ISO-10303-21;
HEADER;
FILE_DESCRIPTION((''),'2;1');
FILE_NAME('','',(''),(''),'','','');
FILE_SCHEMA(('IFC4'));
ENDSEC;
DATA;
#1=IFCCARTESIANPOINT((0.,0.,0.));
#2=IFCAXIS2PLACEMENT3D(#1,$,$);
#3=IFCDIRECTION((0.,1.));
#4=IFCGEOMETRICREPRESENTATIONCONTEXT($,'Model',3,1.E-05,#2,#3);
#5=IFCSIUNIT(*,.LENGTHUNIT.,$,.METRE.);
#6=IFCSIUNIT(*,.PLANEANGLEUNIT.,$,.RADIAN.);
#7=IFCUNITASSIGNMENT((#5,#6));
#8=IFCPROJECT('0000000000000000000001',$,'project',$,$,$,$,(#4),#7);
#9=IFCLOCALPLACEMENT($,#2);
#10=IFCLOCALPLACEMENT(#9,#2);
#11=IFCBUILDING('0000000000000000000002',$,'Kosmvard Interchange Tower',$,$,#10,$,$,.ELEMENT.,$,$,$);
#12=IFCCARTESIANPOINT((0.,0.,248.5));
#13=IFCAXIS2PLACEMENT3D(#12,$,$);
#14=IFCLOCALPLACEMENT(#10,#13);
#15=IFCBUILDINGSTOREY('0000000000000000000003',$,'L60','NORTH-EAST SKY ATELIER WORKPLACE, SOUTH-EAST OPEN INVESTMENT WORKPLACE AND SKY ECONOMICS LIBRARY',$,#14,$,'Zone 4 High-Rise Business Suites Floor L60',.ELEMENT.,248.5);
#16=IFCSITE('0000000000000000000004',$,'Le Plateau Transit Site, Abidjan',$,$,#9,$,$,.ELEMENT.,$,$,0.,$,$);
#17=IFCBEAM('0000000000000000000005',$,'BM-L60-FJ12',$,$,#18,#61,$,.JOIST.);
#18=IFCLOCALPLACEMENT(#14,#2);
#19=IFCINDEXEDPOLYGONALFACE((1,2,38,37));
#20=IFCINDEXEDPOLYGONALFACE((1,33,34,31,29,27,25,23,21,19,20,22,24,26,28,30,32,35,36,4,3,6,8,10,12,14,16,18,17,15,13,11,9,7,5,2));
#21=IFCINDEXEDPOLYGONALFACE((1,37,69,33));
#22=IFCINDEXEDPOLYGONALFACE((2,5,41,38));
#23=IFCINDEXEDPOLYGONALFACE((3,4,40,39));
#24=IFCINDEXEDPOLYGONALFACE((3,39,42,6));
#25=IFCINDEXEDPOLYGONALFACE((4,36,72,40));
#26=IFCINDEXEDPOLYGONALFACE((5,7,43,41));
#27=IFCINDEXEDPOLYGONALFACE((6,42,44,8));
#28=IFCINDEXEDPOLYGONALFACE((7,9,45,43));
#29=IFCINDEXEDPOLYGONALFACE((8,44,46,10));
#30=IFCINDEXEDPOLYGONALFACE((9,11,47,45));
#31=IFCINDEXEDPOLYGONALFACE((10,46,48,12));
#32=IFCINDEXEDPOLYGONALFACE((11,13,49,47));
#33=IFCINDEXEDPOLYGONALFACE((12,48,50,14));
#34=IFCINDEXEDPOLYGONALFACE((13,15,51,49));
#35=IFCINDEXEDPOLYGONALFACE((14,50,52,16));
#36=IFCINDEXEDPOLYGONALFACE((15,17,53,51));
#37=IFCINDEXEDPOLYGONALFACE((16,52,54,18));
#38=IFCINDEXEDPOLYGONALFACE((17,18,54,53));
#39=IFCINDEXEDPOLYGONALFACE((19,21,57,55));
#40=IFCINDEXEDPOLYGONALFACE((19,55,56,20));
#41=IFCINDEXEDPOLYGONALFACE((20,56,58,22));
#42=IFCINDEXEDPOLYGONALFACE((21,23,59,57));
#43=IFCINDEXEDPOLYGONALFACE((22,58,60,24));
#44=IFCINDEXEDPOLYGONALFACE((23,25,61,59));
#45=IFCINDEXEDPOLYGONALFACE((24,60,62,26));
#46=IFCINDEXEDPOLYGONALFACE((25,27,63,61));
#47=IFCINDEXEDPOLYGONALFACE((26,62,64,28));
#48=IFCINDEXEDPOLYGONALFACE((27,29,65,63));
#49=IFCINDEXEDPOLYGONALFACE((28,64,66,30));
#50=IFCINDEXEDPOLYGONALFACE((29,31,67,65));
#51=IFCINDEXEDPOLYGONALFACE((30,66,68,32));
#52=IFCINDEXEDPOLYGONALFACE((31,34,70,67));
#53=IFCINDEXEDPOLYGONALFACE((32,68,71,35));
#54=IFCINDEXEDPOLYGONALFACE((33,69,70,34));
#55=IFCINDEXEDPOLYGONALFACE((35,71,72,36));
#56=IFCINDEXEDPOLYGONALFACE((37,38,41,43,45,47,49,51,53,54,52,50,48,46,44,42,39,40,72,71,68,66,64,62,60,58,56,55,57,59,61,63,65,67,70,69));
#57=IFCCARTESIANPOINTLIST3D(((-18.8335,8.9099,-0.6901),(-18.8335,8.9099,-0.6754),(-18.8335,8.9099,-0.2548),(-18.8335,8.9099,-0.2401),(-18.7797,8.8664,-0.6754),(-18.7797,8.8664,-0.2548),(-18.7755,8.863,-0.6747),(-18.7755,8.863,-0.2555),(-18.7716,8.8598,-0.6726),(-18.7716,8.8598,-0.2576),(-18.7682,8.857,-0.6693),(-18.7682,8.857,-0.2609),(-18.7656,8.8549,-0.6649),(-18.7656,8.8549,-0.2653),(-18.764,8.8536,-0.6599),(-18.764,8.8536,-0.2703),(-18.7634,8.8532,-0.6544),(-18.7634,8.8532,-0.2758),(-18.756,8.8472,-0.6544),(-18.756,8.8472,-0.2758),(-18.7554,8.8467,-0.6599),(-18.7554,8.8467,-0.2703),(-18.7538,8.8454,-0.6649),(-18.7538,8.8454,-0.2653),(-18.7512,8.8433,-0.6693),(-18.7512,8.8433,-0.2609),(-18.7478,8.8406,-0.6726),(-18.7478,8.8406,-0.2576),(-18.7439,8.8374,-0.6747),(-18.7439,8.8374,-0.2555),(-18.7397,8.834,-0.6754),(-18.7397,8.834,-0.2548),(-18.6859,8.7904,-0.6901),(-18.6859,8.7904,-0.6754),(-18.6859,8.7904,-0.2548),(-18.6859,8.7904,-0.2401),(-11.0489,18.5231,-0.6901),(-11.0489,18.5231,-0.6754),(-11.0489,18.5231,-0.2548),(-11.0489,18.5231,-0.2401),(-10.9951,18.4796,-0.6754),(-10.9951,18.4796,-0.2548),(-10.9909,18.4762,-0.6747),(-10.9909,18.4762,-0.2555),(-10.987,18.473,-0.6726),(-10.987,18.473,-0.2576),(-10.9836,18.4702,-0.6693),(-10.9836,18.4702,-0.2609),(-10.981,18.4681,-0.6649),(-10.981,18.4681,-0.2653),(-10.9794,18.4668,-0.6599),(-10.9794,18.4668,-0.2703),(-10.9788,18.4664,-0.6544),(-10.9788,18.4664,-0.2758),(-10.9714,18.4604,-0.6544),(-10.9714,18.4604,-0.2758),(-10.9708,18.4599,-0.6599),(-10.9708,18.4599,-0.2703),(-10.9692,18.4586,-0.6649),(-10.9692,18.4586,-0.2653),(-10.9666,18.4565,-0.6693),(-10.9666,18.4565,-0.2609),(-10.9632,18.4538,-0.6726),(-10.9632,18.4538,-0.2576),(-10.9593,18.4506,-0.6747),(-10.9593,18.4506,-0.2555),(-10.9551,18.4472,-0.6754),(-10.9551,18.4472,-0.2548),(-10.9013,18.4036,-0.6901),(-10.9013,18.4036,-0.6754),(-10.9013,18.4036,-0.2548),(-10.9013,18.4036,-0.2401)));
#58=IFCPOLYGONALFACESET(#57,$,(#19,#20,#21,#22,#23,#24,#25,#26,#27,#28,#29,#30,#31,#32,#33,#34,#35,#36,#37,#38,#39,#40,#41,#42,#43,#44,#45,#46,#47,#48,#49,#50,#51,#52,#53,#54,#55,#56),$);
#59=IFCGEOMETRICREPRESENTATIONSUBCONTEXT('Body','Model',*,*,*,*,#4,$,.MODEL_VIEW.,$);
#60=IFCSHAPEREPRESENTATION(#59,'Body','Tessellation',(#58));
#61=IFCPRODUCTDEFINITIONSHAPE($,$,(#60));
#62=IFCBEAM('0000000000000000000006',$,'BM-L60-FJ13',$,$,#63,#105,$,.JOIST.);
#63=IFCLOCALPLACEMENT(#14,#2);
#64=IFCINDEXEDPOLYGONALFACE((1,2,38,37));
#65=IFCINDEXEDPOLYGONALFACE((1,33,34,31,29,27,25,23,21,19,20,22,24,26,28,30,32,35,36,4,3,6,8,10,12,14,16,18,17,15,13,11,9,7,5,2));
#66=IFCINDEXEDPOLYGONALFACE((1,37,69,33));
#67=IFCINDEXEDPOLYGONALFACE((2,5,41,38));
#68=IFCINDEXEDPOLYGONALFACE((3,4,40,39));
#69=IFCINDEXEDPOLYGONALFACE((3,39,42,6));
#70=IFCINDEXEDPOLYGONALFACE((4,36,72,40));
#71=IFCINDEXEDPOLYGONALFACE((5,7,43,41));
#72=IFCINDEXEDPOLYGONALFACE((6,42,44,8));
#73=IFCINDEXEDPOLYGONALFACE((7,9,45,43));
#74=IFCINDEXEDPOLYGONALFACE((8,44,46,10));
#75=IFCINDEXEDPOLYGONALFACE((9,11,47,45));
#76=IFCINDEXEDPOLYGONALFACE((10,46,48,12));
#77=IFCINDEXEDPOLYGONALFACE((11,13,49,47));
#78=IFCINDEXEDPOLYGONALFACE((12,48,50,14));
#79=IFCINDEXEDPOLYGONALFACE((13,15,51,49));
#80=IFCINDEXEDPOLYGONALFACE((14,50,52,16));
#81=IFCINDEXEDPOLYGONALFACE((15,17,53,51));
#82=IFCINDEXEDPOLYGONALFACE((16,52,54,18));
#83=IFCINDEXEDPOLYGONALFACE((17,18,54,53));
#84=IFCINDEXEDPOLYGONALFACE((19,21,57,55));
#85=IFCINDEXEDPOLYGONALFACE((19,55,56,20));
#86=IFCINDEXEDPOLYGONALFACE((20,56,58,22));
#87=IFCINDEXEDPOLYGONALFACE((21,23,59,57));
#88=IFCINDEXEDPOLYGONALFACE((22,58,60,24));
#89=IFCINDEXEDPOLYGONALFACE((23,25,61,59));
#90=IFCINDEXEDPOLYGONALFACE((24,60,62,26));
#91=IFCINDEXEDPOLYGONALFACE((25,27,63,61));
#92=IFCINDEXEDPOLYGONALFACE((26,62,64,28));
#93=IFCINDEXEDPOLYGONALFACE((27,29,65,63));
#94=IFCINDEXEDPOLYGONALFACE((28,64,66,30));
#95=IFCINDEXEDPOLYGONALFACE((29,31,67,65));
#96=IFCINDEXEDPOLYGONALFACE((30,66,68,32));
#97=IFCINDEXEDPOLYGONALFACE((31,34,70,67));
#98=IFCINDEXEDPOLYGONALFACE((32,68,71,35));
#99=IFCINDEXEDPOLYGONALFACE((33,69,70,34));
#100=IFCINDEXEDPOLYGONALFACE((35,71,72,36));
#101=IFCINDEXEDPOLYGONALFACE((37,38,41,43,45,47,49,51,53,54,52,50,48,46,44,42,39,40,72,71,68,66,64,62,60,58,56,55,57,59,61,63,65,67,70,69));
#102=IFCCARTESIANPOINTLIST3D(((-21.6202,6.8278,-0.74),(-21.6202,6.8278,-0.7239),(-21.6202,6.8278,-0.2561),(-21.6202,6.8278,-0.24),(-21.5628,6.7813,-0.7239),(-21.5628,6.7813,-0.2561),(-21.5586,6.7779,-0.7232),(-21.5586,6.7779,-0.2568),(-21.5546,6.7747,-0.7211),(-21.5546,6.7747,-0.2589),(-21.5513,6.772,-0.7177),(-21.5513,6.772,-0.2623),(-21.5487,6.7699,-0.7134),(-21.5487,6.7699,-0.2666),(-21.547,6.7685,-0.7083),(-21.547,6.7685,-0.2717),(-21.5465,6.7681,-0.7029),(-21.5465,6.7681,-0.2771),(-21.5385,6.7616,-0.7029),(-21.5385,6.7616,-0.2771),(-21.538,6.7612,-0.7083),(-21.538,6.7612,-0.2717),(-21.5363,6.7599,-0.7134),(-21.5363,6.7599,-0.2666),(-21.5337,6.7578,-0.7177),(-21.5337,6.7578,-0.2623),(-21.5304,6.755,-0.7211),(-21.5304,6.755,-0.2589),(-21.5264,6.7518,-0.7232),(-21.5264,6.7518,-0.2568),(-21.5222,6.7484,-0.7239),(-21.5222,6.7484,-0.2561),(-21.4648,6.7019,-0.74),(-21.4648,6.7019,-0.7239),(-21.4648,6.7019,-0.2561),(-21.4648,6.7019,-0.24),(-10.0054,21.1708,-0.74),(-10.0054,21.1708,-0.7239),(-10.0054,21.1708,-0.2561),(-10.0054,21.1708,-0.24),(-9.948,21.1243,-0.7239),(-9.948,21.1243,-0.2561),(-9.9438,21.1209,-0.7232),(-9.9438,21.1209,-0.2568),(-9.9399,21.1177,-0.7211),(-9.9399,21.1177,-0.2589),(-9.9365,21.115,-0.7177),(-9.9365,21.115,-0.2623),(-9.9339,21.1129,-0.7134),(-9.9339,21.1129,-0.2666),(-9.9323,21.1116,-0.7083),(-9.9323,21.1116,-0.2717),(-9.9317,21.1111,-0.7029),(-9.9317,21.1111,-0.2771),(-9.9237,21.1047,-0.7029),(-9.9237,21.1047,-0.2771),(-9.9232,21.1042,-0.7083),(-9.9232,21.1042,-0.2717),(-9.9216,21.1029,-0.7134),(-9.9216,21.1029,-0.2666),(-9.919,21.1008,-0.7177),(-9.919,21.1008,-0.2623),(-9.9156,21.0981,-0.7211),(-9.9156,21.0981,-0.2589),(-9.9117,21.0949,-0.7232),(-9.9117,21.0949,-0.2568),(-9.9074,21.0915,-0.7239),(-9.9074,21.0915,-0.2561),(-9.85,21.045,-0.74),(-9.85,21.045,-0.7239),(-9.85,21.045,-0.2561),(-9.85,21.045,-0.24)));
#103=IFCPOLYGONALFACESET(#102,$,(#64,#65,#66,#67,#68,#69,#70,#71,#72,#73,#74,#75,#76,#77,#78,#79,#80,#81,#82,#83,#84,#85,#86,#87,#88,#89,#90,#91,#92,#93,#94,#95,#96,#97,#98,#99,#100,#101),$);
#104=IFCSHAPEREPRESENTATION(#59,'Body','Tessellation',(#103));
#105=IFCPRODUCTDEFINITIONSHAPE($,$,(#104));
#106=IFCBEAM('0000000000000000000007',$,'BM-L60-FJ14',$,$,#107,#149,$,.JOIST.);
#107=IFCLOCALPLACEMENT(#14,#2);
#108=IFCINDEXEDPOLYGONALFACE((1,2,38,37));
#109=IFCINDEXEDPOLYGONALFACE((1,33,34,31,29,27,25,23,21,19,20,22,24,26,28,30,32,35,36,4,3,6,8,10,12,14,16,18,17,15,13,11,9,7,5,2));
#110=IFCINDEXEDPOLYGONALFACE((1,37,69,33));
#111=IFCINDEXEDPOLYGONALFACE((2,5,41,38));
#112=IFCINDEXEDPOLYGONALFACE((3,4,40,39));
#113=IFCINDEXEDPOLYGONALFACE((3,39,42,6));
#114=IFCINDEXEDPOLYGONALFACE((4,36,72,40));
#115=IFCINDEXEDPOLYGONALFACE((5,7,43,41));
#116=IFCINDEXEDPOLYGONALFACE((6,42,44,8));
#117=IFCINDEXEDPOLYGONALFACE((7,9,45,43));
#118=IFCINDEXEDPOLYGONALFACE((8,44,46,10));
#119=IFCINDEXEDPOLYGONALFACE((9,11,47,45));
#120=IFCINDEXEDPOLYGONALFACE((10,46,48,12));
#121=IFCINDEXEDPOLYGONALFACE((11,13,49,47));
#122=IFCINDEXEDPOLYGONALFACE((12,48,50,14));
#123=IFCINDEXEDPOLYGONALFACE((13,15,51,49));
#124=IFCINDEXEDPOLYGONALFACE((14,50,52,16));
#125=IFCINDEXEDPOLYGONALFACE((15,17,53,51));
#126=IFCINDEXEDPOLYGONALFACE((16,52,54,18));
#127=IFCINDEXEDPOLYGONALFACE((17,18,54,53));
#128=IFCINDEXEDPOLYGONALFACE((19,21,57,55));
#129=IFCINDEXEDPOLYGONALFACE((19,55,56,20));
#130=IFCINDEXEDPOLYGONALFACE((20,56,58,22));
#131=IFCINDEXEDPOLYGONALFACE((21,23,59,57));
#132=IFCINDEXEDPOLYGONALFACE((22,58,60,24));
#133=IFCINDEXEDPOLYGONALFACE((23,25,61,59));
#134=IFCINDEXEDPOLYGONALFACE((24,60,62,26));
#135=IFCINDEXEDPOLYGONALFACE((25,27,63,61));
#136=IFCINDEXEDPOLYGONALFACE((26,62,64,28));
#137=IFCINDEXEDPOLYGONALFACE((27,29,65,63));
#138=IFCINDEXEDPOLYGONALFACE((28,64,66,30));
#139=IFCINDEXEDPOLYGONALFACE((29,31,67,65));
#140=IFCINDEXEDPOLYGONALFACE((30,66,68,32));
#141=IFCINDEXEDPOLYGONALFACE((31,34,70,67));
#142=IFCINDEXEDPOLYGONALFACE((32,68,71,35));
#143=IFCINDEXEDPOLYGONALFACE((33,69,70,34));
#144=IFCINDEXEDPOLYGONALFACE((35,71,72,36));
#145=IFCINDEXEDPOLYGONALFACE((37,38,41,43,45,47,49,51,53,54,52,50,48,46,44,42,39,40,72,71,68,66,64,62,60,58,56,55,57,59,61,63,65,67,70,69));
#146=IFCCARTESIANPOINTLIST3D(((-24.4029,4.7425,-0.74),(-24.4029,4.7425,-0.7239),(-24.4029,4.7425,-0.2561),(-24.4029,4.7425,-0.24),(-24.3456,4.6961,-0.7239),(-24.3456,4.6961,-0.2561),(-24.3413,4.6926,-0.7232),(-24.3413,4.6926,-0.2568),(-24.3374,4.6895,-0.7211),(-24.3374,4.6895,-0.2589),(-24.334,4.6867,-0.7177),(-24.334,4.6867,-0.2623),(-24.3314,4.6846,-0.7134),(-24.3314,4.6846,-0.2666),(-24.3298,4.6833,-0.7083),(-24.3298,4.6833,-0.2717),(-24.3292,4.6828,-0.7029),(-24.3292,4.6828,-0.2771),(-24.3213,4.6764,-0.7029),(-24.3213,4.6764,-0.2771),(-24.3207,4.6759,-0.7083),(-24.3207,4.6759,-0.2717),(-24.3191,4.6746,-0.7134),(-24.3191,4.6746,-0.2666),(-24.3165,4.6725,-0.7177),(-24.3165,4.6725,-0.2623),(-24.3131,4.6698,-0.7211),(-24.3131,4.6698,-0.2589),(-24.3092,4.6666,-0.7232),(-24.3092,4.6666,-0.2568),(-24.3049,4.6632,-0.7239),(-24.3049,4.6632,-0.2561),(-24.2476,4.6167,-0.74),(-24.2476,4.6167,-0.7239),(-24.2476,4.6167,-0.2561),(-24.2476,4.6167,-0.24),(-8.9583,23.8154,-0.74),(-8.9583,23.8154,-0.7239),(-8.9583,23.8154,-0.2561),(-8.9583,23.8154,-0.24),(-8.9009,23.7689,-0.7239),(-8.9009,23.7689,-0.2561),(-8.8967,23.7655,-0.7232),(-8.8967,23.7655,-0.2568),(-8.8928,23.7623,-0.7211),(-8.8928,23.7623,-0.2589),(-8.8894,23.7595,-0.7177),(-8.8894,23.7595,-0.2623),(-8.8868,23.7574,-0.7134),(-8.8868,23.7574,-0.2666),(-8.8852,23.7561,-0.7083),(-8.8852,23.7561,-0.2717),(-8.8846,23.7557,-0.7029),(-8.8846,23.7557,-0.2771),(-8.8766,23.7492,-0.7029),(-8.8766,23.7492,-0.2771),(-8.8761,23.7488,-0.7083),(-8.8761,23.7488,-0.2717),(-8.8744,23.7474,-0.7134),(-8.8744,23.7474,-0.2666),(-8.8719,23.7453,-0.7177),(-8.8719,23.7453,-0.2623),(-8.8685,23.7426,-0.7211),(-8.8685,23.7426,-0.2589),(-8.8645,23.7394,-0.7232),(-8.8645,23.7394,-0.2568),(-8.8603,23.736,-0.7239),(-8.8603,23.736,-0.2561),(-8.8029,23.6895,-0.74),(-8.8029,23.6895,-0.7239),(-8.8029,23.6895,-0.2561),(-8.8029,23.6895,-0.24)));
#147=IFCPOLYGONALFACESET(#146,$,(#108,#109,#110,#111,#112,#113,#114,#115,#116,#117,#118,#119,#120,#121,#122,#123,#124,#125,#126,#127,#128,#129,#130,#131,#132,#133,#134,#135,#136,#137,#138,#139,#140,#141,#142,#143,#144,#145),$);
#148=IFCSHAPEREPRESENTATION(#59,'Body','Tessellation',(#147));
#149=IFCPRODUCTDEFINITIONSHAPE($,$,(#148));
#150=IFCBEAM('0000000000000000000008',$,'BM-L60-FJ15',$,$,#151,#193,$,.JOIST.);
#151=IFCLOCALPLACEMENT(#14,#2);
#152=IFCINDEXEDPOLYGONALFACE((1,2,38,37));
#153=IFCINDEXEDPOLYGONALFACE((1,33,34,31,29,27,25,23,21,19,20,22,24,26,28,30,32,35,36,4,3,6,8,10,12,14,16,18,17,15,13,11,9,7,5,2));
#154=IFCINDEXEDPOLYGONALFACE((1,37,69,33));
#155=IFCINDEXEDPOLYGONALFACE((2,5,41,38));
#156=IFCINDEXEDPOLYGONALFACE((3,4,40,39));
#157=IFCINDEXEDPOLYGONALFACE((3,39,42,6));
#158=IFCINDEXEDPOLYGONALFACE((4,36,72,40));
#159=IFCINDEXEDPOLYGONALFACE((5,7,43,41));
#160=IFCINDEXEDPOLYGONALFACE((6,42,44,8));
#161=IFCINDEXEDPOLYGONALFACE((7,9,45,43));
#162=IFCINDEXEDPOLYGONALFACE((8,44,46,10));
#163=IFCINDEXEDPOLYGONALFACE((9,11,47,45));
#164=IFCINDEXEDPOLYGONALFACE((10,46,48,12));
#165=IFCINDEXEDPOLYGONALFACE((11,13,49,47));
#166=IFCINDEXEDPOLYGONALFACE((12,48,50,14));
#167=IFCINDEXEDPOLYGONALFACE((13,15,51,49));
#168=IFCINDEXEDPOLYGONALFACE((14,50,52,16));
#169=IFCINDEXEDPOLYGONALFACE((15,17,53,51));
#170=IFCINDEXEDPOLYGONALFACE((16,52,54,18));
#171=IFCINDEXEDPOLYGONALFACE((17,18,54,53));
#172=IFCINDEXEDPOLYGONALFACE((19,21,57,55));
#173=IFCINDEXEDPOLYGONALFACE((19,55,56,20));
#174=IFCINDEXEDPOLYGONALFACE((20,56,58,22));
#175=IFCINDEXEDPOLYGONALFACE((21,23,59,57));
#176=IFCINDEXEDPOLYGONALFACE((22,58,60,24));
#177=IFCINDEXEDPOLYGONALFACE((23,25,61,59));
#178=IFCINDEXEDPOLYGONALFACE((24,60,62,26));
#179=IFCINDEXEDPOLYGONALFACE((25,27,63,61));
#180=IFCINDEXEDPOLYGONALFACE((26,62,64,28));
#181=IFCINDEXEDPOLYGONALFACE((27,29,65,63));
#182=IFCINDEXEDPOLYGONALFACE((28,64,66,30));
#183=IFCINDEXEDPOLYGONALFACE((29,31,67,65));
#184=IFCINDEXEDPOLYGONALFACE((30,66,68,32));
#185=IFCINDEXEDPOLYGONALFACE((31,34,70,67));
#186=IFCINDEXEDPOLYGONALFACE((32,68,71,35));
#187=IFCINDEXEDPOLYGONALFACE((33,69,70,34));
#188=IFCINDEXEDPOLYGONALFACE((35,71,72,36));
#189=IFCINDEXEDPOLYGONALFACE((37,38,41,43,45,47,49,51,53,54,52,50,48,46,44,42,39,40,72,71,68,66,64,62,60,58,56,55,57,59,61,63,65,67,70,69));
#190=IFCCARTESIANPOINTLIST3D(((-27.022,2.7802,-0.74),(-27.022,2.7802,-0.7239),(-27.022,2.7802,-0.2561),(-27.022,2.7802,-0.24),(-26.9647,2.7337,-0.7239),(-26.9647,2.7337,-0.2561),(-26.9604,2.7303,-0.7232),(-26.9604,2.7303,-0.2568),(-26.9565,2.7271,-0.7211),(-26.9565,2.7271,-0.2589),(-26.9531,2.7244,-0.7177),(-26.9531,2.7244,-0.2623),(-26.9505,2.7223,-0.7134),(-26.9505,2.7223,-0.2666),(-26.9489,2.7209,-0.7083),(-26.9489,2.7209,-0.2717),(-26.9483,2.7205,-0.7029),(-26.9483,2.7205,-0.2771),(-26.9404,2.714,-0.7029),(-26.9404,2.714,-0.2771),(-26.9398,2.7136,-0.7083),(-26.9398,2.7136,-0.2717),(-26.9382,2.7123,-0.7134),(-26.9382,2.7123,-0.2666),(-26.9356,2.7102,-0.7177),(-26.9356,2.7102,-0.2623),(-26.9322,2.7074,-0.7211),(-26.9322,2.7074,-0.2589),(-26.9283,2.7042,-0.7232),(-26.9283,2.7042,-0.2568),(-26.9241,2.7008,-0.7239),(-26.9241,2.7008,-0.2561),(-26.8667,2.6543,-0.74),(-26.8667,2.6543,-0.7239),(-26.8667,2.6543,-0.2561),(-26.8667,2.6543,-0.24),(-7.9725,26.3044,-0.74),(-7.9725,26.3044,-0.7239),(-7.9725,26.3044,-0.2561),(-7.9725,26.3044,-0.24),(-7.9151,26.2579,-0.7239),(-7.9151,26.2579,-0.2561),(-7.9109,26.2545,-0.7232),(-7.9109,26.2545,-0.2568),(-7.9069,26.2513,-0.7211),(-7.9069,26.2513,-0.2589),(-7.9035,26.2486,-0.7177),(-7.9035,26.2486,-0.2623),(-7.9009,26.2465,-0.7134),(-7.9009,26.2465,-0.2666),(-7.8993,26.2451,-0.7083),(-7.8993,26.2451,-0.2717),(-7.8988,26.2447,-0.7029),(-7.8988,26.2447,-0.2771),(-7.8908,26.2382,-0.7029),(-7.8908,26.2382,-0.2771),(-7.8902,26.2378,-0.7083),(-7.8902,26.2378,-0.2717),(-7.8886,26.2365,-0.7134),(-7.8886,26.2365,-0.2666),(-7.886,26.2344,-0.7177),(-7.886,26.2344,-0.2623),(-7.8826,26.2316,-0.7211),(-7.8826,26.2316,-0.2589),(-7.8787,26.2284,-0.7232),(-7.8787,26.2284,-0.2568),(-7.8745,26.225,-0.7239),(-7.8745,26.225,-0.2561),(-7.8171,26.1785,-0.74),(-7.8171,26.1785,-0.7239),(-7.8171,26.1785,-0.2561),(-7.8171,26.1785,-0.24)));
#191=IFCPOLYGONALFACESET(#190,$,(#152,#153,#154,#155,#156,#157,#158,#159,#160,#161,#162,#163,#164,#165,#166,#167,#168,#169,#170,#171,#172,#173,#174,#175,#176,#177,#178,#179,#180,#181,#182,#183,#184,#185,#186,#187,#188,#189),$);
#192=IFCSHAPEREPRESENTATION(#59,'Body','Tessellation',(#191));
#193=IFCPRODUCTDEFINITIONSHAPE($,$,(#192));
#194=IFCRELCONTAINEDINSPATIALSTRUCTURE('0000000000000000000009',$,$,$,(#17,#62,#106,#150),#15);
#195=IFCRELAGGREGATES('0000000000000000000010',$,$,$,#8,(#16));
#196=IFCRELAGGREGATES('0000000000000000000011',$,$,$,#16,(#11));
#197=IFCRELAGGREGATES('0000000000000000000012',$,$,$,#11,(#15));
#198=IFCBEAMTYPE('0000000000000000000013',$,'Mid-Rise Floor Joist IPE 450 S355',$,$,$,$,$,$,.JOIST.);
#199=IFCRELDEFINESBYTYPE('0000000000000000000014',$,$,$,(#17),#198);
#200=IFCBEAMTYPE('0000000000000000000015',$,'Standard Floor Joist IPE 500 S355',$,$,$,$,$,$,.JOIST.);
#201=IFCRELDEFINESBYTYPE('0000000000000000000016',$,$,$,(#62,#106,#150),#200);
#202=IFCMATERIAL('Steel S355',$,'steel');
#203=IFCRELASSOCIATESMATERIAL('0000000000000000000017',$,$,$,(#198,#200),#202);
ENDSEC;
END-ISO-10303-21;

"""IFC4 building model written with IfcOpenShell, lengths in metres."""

from ifc_helpers import new_model, si_unit, direction, frame, origin, origin_2d, place, context, subcontext, project, spatial, i_section, extrude, source, transform, mapped, material, material_profile, profile_set, type_object, element, save


model = new_model("IFC4")

# Units and contexts
model_context = context("Model", 3, precision=1e-05, world=origin(), true_north=direction((0.0, 1.0)))
body_context = subcontext(model_context, "Body", "Model", "MODEL_VIEW")
ifc_project = project(units=[si_unit("LENGTHUNIT", "METRE"), si_unit("PLANEANGLEUNIT", "RADIAN")], contexts=[model_context])

# Site, building, storey
site_placement = place(None, origin())
site = spatial("IfcSite", under=ifc_project, at=site_placement, Name="Le Plateau Transit Site, Abidjan", CompositionType="ELEMENT", RefElevation=0.0)
building_placement = place(site_placement, origin())
building = spatial("IfcBuilding", under=site, at=building_placement, Name="Kosmvard Interchange Tower", CompositionType="ELEMENT")
storey_placement = place(building_placement, frame((0.0, 0.0, 248.5)))
storey = spatial("IfcBuildingStorey", under=building, at=storey_placement, Name="L60", Description="NORTH-EAST SKY ATELIER WORKPLACE, SOUTH-EAST OPEN INVESTMENT WORKPLACE AND SKY ECONOMICS LIBRARY", LongName="Zone 4 High-Rise Business Suites Floor L60", CompositionType="ELEMENT", Elevation=248.5)

# Beams
ifc_material_1 = material(Name="Steel S355", Category="steel")
ifc_material_profile_1 = material_profile(ifc_material_1, i_section(OverallWidth=0.1899, OverallDepth=0.45, WebThickness=0.0095, FlangeThickness=0.0146, FilletRadius=0.021, at=origin_2d()), Name="IPE 450")
ifc_profile_set_1 = profile_set([ifc_material_profile_1], Name="Steel S355")
beam_type_1 = type_object("IfcBeamType", Name="Mid-Rise Floor Joist IPE 450 S355", PredefinedType="JOIST", material=ifc_profile_set_1)
shared_shape_1 = source(origin(), body_context, "Body", "SweptSolid", [
    extrude(i_section(OverallWidth=0.1899, OverallDepth=0.45, WebThickness=0.0095, FlangeThickness=0.0146, FilletRadius=0.021, at=origin_2d()), origin(), (0.0, 0.0, 1.0), 12.3699),
])
beam_1_placement = place(storey_placement, frame((-10.9751, 18.4634, -0.4651), z_axis=(-0.62932, -0.777147, 0.0), x_axis=(0.777147, -0.62932, 0.0)))
element("IfcBeam", 1, at=beam_1_placement, inside=storey, type_object=beam_type_1, Name="BM-L60-FJ12", PredefinedType="JOIST", context=body_context, shape_type="MappedRepresentation", body=[
    mapped(shared_shape_1, transform((0.0, 0.0, 0.0), scale=1.0)),
])
ifc_material_profile_2 = material_profile(ifc_material_1, i_section(OverallWidth=0.2, OverallDepth=0.5, WebThickness=0.0103, FlangeThickness=0.0161, FilletRadius=0.021, at=origin_2d()), Name="IPE 500")
ifc_profile_set_2 = profile_set([ifc_material_profile_2], Name="Steel S355")
beam_type_2 = type_object("IfcBeamType", Name="Standard Floor Joist IPE 500 S355", PredefinedType="JOIST", material=ifc_profile_set_2)
shared_shape_2 = source(origin(), body_context, "Body", "SweptSolid", [
    extrude(i_section(OverallWidth=0.2, OverallDepth=0.5, WebThickness=0.0103, FlangeThickness=0.0161, FilletRadius=0.021, at=origin_2d()), origin(), (0.0, 0.0, 1.0), 18.4561),
])
beam_2_placement = place(storey_placement, frame((-9.9277, 21.1079, -0.49), z_axis=(-0.62932, -0.777146, 0.0), x_axis=(0.777146, -0.62932, 0.0)))
element("IfcBeam", 2, at=beam_2_placement, inside=storey, type_object=beam_type_2, Name="BM-L60-FJ13", PredefinedType="JOIST", context=body_context, shape_type="MappedRepresentation", body=[
    mapped(shared_shape_2, transform((0.0, 0.0, 0.0), scale=1.0)),
])
shared_shape_3 = source(origin(), body_context, "Body", "SweptSolid", [
    extrude(i_section(OverallWidth=0.2, OverallDepth=0.5, WebThickness=0.0103, FlangeThickness=0.0161, FilletRadius=0.021, at=origin_2d()), origin(), (0.0, 0.0, 1.0), 24.542),
])
beam_3_placement = place(storey_placement, frame((-8.8806, 23.7524, -0.49), z_axis=(-0.629315, -0.777151, 0.0), x_axis=(0.777151, -0.629315, 0.0)))
element("IfcBeam", 3, at=beam_3_placement, inside=storey, type_object=beam_type_2, Name="BM-L60-FJ14", PredefinedType="JOIST", context=body_context, shape_type="MappedRepresentation", body=[
    mapped(shared_shape_3, transform((0.0, 0.0, 0.0), scale=1.0)),
])
shared_shape_4 = source(origin(), body_context, "Body", "SweptSolid", [
    extrude(i_section(OverallWidth=0.2, OverallDepth=0.5, WebThickness=0.0103, FlangeThickness=0.0161, FilletRadius=0.021, at=origin_2d()), origin(), (0.0, 0.0, 1.0), 30.27),
])
beam_4_placement = place(storey_placement, frame((-7.8948, 26.2415, -0.49), z_axis=(-0.629322, -0.777145, 0.0), x_axis=(0.777145, -0.629322, 0.0)))
element("IfcBeam", 4, at=beam_4_placement, inside=storey, type_object=beam_type_2, Name="BM-L60-FJ15", PredefinedType="JOIST", context=body_context, shape_type="MappedRepresentation", body=[
    mapped(shared_shape_4, transform((0.0, 0.0, 0.0), scale=1.0)),
])

save(model, "model.ifc")
